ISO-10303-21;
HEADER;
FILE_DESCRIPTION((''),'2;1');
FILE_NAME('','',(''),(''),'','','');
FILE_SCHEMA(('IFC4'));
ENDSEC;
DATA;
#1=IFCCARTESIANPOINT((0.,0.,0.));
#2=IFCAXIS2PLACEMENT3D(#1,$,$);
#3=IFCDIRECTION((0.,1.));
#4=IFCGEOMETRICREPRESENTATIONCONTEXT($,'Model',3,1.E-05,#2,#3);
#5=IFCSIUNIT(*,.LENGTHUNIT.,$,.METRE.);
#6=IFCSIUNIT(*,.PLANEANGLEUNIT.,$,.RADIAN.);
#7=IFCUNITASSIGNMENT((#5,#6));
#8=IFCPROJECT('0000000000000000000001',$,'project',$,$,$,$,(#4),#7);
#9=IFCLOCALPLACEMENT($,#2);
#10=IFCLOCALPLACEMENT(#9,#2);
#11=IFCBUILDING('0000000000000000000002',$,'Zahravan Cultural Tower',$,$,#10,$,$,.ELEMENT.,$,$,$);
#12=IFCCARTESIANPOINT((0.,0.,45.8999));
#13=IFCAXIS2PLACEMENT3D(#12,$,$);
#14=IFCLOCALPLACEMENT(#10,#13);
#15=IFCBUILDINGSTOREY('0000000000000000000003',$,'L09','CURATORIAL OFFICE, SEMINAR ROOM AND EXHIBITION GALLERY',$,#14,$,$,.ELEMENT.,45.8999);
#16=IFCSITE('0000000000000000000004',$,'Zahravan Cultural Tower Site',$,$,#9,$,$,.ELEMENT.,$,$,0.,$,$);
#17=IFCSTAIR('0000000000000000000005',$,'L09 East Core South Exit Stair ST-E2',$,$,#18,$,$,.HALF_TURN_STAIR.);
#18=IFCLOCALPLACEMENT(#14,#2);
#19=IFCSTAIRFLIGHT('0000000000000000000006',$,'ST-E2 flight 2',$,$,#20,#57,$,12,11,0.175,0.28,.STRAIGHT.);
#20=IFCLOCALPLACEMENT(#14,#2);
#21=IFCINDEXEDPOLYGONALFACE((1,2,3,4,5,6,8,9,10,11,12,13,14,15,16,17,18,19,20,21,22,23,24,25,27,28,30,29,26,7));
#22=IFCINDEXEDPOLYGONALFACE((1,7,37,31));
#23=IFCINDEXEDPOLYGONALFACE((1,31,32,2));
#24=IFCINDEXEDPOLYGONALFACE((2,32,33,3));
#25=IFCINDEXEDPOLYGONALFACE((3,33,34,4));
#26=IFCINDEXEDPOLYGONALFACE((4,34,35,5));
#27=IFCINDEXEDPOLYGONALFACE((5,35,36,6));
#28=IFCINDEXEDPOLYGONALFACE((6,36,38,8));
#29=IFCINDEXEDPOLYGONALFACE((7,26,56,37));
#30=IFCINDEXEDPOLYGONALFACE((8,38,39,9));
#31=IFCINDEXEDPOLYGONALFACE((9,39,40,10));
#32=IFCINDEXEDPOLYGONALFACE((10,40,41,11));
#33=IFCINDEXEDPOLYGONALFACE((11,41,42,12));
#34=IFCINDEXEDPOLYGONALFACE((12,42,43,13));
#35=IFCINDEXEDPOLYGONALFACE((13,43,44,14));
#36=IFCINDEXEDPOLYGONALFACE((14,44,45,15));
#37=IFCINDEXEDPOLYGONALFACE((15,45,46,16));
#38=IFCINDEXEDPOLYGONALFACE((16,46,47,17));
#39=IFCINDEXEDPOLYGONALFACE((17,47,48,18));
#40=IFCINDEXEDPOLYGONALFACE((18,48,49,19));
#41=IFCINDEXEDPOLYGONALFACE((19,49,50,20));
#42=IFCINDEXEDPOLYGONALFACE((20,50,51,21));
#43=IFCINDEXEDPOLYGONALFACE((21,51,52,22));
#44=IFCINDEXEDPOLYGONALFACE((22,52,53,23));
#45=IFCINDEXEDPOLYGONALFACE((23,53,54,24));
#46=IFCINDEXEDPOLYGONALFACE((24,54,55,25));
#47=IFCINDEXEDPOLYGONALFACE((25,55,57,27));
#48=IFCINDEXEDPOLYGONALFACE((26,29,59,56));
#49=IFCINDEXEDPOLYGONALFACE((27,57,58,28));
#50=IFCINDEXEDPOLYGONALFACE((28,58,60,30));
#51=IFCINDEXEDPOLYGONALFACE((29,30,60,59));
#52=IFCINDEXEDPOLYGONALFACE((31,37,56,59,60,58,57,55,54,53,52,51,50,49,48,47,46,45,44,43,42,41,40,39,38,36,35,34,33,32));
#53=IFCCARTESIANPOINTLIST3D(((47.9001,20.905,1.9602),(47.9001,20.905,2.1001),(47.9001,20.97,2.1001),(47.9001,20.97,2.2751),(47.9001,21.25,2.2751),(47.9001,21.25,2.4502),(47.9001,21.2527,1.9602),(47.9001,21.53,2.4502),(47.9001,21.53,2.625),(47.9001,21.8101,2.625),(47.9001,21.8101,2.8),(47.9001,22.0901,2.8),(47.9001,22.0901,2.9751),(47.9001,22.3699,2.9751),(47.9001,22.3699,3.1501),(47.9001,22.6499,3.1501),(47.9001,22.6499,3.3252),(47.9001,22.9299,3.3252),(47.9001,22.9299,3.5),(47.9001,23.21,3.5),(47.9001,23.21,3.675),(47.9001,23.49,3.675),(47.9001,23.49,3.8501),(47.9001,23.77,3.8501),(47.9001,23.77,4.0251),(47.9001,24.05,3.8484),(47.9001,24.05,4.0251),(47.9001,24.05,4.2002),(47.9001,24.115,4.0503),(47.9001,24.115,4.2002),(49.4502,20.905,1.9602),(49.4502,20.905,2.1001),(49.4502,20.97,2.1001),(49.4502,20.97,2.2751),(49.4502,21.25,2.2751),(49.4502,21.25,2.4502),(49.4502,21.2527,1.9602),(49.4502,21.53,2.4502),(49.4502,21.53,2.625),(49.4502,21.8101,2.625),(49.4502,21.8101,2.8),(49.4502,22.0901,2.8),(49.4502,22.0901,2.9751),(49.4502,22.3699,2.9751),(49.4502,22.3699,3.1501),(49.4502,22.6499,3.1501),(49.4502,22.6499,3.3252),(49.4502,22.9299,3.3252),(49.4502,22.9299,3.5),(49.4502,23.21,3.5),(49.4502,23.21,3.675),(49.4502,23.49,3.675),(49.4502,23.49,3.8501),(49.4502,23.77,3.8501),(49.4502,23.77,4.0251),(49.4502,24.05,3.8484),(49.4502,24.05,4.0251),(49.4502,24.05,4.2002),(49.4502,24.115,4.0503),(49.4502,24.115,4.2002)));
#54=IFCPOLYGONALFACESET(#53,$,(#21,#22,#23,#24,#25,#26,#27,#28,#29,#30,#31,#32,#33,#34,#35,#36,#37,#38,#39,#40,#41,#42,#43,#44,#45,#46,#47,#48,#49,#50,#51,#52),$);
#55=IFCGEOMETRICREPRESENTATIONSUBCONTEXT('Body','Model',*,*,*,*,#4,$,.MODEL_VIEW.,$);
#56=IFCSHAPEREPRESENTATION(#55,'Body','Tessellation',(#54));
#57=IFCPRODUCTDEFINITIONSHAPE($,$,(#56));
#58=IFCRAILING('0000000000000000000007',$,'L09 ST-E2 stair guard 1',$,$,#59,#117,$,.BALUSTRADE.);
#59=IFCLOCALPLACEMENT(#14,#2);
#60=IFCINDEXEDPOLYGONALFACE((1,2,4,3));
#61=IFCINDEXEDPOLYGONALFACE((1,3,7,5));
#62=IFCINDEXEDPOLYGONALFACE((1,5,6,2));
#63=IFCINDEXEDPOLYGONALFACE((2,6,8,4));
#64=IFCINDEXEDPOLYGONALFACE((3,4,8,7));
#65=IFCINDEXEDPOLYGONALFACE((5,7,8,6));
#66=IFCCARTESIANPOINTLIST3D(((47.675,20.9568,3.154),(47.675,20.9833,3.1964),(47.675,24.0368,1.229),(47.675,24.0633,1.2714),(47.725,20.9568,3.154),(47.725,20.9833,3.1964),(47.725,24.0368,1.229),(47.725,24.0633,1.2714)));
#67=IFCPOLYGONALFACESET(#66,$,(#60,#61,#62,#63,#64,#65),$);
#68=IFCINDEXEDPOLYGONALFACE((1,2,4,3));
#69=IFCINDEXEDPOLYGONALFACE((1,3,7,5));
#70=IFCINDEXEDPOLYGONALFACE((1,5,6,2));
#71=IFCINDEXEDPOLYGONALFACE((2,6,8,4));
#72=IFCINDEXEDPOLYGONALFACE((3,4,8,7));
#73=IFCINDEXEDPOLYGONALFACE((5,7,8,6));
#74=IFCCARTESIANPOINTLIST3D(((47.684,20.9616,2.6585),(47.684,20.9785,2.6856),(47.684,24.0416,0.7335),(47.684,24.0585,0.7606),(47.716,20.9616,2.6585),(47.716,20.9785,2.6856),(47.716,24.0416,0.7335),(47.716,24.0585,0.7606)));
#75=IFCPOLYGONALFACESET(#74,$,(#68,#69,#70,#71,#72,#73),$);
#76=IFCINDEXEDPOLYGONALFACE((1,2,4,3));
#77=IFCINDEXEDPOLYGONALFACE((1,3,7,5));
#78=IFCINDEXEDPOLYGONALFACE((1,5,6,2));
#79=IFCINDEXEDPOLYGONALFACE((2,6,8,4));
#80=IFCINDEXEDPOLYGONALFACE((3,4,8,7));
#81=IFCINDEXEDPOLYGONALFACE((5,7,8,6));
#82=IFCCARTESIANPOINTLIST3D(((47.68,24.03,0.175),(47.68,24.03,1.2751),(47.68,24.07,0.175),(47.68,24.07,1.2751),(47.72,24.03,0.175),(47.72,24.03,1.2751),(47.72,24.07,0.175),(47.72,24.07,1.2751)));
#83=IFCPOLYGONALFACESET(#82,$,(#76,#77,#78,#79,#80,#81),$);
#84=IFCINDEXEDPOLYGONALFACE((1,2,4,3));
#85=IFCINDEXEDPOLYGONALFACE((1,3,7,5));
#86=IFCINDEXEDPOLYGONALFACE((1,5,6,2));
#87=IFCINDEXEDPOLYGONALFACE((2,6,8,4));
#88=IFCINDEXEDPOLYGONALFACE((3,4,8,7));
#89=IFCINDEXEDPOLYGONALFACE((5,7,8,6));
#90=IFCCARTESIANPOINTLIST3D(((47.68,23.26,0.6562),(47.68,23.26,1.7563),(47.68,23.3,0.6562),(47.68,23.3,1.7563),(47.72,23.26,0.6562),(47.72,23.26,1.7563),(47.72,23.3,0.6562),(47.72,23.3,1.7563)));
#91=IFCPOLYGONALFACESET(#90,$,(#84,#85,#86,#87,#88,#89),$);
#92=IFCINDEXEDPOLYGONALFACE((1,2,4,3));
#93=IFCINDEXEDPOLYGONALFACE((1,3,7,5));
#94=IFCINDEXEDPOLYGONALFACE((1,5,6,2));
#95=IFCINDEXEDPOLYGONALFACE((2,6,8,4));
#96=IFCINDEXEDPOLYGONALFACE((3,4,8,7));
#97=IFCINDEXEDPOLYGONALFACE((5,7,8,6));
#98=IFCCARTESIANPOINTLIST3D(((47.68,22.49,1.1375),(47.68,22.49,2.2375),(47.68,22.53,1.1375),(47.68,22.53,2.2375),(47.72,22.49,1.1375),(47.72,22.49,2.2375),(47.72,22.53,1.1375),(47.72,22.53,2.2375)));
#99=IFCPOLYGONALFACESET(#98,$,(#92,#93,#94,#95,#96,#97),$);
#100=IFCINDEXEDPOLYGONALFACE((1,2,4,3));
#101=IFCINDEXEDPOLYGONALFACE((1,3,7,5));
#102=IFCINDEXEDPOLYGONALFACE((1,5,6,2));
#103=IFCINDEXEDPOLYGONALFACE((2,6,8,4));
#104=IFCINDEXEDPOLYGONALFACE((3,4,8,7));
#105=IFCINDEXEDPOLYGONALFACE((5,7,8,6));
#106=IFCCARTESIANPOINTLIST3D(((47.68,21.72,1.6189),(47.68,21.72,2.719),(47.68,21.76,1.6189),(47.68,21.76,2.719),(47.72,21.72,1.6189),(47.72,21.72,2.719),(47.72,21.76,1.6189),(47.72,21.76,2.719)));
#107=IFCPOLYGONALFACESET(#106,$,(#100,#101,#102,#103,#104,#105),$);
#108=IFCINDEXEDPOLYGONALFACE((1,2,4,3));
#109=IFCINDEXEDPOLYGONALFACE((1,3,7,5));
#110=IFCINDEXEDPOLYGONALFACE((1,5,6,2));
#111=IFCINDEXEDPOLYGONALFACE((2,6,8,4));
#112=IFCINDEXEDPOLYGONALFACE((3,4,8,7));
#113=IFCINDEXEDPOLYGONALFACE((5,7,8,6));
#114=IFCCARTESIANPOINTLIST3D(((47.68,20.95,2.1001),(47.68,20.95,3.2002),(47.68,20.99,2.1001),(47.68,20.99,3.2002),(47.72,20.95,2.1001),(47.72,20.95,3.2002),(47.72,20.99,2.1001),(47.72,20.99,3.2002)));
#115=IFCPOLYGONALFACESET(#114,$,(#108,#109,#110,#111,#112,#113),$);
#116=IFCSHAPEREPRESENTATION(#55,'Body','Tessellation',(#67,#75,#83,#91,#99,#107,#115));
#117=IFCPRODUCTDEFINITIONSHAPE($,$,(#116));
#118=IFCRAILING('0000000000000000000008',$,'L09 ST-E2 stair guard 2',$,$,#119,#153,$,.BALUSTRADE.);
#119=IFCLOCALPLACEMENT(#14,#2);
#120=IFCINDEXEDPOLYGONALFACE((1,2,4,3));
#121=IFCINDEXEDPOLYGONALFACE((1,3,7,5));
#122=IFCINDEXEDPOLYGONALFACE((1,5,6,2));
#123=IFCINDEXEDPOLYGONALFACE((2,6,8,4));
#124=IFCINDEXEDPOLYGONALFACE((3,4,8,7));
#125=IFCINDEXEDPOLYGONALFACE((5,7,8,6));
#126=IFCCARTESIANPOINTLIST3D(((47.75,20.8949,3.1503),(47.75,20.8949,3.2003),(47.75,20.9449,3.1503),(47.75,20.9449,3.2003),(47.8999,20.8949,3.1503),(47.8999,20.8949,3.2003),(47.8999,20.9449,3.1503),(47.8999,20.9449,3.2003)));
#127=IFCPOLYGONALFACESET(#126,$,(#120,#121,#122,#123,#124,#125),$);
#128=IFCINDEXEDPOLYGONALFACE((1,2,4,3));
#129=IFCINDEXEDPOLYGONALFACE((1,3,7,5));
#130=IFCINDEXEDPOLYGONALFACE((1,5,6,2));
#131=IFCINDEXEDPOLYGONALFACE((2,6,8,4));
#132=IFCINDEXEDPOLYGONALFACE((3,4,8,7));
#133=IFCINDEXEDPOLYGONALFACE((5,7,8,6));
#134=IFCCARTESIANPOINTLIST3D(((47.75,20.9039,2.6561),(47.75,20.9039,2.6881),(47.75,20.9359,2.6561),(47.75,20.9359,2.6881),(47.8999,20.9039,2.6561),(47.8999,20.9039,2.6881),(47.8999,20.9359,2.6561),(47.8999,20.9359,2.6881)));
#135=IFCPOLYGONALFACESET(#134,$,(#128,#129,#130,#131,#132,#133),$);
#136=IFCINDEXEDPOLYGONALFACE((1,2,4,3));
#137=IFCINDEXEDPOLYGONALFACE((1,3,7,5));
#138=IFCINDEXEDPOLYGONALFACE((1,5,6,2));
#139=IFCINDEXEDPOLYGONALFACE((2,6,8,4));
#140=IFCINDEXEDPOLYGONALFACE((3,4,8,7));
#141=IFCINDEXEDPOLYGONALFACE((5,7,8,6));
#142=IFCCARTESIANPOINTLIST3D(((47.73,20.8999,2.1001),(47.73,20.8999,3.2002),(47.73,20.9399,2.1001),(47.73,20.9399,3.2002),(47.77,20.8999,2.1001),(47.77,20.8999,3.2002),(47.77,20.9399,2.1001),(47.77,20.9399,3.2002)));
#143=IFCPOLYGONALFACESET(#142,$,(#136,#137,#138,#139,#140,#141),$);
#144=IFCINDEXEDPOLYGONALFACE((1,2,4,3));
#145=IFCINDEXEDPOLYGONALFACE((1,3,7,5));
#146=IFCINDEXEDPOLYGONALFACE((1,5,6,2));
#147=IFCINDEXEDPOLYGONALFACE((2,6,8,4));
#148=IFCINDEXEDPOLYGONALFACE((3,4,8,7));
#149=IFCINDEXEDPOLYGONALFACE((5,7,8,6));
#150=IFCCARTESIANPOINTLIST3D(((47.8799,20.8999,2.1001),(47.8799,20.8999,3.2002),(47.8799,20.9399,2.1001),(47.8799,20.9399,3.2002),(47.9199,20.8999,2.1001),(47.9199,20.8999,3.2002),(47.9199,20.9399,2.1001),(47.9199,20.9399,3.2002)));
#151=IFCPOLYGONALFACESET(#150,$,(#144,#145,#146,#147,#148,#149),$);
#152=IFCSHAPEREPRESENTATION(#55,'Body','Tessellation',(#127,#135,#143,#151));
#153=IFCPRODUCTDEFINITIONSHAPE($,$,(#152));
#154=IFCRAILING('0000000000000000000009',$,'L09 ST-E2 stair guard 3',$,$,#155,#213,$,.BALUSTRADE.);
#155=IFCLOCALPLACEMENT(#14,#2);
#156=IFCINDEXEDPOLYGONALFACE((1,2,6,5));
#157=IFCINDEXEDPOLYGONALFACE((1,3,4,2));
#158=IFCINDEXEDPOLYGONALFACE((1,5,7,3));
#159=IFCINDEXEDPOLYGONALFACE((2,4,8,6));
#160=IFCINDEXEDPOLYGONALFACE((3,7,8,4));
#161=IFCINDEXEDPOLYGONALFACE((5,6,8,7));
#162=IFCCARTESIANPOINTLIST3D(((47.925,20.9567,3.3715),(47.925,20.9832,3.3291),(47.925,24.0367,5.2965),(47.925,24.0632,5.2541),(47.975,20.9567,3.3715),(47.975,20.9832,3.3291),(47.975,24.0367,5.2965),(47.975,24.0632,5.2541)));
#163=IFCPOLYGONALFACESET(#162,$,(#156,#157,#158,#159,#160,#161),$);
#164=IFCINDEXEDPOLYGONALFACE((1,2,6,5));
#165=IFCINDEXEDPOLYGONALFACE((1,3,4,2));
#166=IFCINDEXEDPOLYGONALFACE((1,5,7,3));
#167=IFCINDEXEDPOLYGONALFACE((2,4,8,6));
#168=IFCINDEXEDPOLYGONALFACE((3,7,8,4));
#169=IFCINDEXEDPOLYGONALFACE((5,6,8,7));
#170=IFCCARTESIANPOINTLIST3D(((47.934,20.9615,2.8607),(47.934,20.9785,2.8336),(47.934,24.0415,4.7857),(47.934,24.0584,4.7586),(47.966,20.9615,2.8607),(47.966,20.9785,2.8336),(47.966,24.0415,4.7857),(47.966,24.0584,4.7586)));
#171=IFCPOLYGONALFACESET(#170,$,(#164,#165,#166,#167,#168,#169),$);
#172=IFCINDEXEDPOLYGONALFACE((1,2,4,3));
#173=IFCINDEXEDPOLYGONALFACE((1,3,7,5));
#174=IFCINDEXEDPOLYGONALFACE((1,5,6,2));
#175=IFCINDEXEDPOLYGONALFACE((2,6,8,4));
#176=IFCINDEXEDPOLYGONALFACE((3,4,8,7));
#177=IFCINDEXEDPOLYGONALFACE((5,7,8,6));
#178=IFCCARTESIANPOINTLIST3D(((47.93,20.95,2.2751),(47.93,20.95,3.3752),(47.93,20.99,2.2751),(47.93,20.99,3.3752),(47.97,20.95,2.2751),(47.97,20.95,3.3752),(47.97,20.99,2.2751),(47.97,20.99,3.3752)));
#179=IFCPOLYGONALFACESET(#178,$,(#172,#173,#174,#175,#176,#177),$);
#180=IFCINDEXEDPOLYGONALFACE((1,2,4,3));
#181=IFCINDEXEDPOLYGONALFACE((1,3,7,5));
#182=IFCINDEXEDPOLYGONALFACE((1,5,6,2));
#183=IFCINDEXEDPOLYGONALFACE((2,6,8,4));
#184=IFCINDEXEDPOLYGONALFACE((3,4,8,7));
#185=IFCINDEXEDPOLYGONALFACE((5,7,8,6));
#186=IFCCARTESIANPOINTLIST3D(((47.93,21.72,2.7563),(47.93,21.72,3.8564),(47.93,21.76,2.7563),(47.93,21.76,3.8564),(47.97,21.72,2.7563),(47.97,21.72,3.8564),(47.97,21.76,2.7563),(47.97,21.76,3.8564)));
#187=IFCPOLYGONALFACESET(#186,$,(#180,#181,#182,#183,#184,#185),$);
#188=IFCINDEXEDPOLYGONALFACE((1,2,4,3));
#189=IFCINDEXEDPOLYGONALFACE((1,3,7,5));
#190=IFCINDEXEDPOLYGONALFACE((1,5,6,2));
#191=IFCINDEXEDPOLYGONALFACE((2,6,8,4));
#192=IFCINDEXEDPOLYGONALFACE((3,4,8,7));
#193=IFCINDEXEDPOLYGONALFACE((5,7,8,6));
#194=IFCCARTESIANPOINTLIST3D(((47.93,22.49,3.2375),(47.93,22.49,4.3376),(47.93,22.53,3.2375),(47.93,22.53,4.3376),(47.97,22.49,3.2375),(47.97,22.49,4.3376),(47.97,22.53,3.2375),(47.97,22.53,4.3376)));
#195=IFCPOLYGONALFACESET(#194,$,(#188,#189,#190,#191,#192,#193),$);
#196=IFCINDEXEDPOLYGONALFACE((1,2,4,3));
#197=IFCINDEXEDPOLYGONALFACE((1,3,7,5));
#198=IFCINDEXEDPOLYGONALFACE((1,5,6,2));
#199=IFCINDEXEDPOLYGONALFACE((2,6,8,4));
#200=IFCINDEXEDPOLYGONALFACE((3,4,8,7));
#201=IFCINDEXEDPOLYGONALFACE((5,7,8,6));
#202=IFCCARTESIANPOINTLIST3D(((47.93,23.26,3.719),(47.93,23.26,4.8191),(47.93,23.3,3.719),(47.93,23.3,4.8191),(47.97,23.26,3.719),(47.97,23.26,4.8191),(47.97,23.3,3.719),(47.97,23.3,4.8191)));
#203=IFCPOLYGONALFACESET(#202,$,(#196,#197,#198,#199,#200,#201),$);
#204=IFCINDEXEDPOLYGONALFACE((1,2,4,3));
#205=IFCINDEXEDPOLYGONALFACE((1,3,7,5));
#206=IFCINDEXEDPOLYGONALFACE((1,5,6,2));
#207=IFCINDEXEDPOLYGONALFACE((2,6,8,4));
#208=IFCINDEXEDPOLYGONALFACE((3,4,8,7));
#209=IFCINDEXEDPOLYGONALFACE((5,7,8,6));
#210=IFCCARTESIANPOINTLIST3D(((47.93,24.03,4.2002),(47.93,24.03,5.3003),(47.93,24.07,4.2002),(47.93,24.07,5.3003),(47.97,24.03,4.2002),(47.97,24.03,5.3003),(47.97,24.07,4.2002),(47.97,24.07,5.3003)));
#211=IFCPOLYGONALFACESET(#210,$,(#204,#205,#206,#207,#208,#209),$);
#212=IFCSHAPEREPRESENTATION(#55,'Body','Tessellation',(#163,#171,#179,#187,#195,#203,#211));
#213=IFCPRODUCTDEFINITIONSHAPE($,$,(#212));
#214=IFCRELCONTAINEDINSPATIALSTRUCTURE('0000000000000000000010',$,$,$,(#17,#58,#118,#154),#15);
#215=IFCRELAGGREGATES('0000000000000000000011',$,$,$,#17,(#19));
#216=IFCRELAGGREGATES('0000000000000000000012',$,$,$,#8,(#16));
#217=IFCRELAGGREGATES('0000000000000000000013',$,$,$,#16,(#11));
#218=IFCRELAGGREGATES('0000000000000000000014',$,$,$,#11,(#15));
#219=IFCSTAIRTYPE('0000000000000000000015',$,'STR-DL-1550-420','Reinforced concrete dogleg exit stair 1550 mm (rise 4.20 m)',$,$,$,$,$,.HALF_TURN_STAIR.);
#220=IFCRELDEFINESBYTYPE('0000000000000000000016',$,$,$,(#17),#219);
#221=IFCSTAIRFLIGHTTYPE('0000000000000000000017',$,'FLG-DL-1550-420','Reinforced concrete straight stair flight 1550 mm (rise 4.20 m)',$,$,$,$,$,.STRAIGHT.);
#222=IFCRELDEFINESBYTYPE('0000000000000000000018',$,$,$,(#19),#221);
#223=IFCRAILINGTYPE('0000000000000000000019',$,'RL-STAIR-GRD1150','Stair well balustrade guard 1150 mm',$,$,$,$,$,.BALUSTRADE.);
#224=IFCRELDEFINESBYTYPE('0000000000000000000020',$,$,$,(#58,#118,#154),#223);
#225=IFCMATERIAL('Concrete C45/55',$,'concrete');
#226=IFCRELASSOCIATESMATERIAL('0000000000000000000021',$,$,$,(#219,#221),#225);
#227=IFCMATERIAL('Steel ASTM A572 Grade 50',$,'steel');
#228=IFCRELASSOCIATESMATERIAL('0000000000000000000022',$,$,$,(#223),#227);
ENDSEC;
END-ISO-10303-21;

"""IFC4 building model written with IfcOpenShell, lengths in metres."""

from ifc_helpers import new_model, si_unit, direction, frame, origin, origin_2d, place, context, subcontext, project, spatial, polyline, rectangle, outline, extrude, material, type_object, element, aggregate, save


model = new_model("IFC4")

# Units and contexts
model_context = context("Model", 3, precision=1e-05, world=origin(), true_north=direction((0.0, 1.0)))
body_context = subcontext(model_context, "Body", "Model", "MODEL_VIEW")
ifc_project = project(units=[si_unit("LENGTHUNIT", "METRE"), si_unit("PLANEANGLEUNIT", "RADIAN")], contexts=[model_context])

# Site, building, storey
site_placement = place(None, origin())
site = spatial("IfcSite", under=ifc_project, at=site_placement, Name="Zahravan Cultural Tower Site", CompositionType="ELEMENT", RefElevation=0.0)
building_placement = place(site_placement, origin())
building = spatial("IfcBuilding", under=site, at=building_placement, Name="Zahravan Cultural Tower", CompositionType="ELEMENT")
storey_placement = place(building_placement, frame((0.0, 0.0, 45.8999)))
storey = spatial("IfcBuildingStorey", under=building, at=storey_placement, Name="L09", Description="CURATORIAL OFFICE, SEMINAR ROOM AND EXHIBITION GALLERY", CompositionType="ELEMENT", Elevation=45.8999)

# Shared definitions
ifc_material_1 = material(Name="Concrete C45/55", Category="concrete")
ifc_material_2 = material(Name="Steel ASTM A572 Grade 50", Category="steel")

# Stair, stair flight
stair_type = type_object("IfcStairType", Name="STR-DL-1550-420", Description="Reinforced concrete dogleg exit stair 1550 mm (rise 4.20 m)", PredefinedType="HALF_TURN_STAIR", material=ifc_material_1)
stair_placement = place(storey_placement, origin())
stair = element("IfcStair", 1, at=stair_placement, inside=storey, type_object=stair_type, Name="L09 East Core South Exit Stair ST-E2", PredefinedType="HALF_TURN_STAIR")
stair_flight_type = type_object("IfcStairFlightType", Name="FLG-DL-1550-420", Description="Reinforced concrete straight stair flight 1550 mm (rise 4.20 m)", PredefinedType="STRAIGHT", material=ifc_material_1)
stair_flight_1_placement = place(storey_placement, frame((48.675, 20.97, 2.1001), z_axis=(0.0, 0.0, 1.0), x_axis=(0.0, 1.0, 0.0)))
stair_flight_1 = element("IfcStairFlight", 2, at=stair_flight_1_placement, type_object=stair_flight_type, Name="ST-E2 flight 2", NumberOfRisers=12, NumberOfTreads=11, PredefinedType="STRAIGHT", RiserHeight=0.175, TreadLength=0.28, context=body_context, shape_type="SweptSolid", body=[
    extrude(outline(polyline([(-0.0649, -0.1399), (-0.0649, 0.0), (0.0, 0.0), (0.0, 0.175), (0.28, 0.175), (0.28, 0.3501), (0.5601, 0.3501), (0.5601, 0.5249), (0.8401, 0.5249), (0.8401, 0.7), (1.1201, 0.7), (1.1201, 0.875), (1.3999, 0.875), (1.3999, 1.05), (1.6799, 1.05), (1.6799, 1.2251), (1.96, 1.2251), (1.96, 1.3999), (2.24, 1.3999), (2.24, 1.575), (2.52, 1.575), (2.52, 1.75), (2.8, 1.75), (2.8, 1.925), (3.0801, 1.925), (3.0801, 2.1001), (3.145, 2.1001), (3.145, 1.9502), (3.0801, 1.7483), (0.2827, -0.1399), (-0.0649, -0.1399)])), frame((0.0, 0.7749, 0.0), z_axis=(0.0, -1.0, 0.0), x_axis=(1.0, 0.0, 0.0)), (0.0, 0.0, 1.0), 1.55),
])
aggregate(stair, [stair_flight_1])

# Railings
railing_type_1 = type_object("IfcRailingType", Name="RL-STAIR-GRD1150", Description="Stair well balustrade guard 1150 mm", PredefinedType="BALUSTRADE", material=ifc_material_2)
railing_1_placement = place(storey_placement, frame((47.7, 24.05, 0.175)))
element("IfcRailing", 3, at=railing_1_placement, inside=storey, type_object=railing_type_1, Name="L09 ST-E2 stair guard 1", PredefinedType="BALUSTRADE", context=body_context, shape_type="SweptSolid", body=[
    extrude(rectangle(XDim=0.05, YDim=0.05, at=origin_2d()), frame((0.0, 0.0, 1.0752), z_axis=(0.0, -0.847998, 0.529999), x_axis=(1.0, 0.0, 0.0)), (0.0, 0.0, 1.0), 3.6321),
    extrude(rectangle(XDim=0.032, YDim=0.032, at=origin_2d()), frame((0.0, 0.0, 0.572), z_axis=(0.0, -0.847998, 0.529999), x_axis=(1.0, 0.0, 0.0)), (0.0, 0.0, 1.0), 3.6321),
    extrude(rectangle(XDim=0.04, YDim=0.04, at=origin_2d()), origin(), (0.0, 0.0, 1.0), 1.1001),
    extrude(rectangle(XDim=0.04, YDim=0.04, at=origin_2d()), frame((0.0, -0.77, 0.4812)), (0.0, 0.0, 1.0), 1.1001),
    extrude(rectangle(XDim=0.04, YDim=0.04, at=origin_2d()), frame((0.0, -1.54, 0.9624)), (0.0, 0.0, 1.0), 1.1001),
    extrude(rectangle(XDim=0.04, YDim=0.04, at=origin_2d()), frame((0.0, -2.3101, 1.4438)), (0.0, 0.0, 1.0), 1.1001),
    extrude(rectangle(XDim=0.04, YDim=0.04, at=origin_2d()), frame((0.0, -3.0801, 1.925)), (0.0, 0.0, 1.0), 1.1001),
])
railing_2_placement = place(storey_placement, frame((47.75, 20.9199, 2.1001)))
element("IfcRailing", 4, at=railing_2_placement, inside=storey, type_object=railing_type_1, Name="L09 ST-E2 stair guard 2", PredefinedType="BALUSTRADE", context=body_context, shape_type="SweptSolid", body=[
    extrude(rectangle(XDim=0.05, YDim=0.05, at=origin_2d()), frame((0.0, 0.0, 1.0752), z_axis=(1.0, 0.0, 0.0), x_axis=(0.0, 1.0, 0.0)), (0.0, 0.0, 1.0), 0.1499),
    extrude(rectangle(XDim=0.032, YDim=0.032, at=origin_2d()), frame((0.0, 0.0, 0.572), z_axis=(1.0, 0.0, 0.0), x_axis=(0.0, 1.0, 0.0)), (0.0, 0.0, 1.0), 0.1499),
    extrude(rectangle(XDim=0.04, YDim=0.04, at=origin_2d()), origin(), (0.0, 0.0, 1.0), 1.1001),
    extrude(rectangle(XDim=0.04, YDim=0.04, at=origin_2d()), frame((0.1499, 0.0, 0.0)), (0.0, 0.0, 1.0), 1.1001),
])
railing_3_placement = place(storey_placement, frame((47.95, 20.97, 2.2751)))
element("IfcRailing", 5, at=railing_3_placement, inside=storey, type_object=railing_type_1, Name="L09 ST-E2 stair guard 3", PredefinedType="BALUSTRADE", context=body_context, shape_type="SweptSolid", body=[
    extrude(rectangle(XDim=0.05, YDim=0.05, at=origin_2d()), frame((0.0, 0.0, 1.0752), z_axis=(0.0, 0.847998, 0.529999), x_axis=(-1.0, 0.0, 0.0)), (0.0, 0.0, 1.0), 3.6321),
    extrude(rectangle(XDim=0.032, YDim=0.032, at=origin_2d()), frame((0.0, 0.0, 0.572), z_axis=(0.0, 0.847998, 0.529999), x_axis=(-1.0, 0.0, 0.0)), (0.0, 0.0, 1.0), 3.6321),
    extrude(rectangle(XDim=0.04, YDim=0.04, at=origin_2d()), origin(), (0.0, 0.0, 1.0), 1.1001),
    extrude(rectangle(XDim=0.04, YDim=0.04, at=origin_2d()), frame((0.0, 0.77, 0.4812)), (0.0, 0.0, 1.0), 1.1001),
    extrude(rectangle(XDim=0.04, YDim=0.04, at=origin_2d()), frame((0.0, 1.54, 0.9624)), (0.0, 0.0, 1.0), 1.1001),
    extrude(rectangle(XDim=0.04, YDim=0.04, at=origin_2d()), frame((0.0, 2.3101, 1.4438)), (0.0, 0.0, 1.0), 1.1001),
    extrude(rectangle(XDim=0.04, YDim=0.04, at=origin_2d()), frame((0.0, 3.0801, 1.925)), (0.0, 0.0, 1.0), 1.1001),
])

save(model, "model.ifc")
